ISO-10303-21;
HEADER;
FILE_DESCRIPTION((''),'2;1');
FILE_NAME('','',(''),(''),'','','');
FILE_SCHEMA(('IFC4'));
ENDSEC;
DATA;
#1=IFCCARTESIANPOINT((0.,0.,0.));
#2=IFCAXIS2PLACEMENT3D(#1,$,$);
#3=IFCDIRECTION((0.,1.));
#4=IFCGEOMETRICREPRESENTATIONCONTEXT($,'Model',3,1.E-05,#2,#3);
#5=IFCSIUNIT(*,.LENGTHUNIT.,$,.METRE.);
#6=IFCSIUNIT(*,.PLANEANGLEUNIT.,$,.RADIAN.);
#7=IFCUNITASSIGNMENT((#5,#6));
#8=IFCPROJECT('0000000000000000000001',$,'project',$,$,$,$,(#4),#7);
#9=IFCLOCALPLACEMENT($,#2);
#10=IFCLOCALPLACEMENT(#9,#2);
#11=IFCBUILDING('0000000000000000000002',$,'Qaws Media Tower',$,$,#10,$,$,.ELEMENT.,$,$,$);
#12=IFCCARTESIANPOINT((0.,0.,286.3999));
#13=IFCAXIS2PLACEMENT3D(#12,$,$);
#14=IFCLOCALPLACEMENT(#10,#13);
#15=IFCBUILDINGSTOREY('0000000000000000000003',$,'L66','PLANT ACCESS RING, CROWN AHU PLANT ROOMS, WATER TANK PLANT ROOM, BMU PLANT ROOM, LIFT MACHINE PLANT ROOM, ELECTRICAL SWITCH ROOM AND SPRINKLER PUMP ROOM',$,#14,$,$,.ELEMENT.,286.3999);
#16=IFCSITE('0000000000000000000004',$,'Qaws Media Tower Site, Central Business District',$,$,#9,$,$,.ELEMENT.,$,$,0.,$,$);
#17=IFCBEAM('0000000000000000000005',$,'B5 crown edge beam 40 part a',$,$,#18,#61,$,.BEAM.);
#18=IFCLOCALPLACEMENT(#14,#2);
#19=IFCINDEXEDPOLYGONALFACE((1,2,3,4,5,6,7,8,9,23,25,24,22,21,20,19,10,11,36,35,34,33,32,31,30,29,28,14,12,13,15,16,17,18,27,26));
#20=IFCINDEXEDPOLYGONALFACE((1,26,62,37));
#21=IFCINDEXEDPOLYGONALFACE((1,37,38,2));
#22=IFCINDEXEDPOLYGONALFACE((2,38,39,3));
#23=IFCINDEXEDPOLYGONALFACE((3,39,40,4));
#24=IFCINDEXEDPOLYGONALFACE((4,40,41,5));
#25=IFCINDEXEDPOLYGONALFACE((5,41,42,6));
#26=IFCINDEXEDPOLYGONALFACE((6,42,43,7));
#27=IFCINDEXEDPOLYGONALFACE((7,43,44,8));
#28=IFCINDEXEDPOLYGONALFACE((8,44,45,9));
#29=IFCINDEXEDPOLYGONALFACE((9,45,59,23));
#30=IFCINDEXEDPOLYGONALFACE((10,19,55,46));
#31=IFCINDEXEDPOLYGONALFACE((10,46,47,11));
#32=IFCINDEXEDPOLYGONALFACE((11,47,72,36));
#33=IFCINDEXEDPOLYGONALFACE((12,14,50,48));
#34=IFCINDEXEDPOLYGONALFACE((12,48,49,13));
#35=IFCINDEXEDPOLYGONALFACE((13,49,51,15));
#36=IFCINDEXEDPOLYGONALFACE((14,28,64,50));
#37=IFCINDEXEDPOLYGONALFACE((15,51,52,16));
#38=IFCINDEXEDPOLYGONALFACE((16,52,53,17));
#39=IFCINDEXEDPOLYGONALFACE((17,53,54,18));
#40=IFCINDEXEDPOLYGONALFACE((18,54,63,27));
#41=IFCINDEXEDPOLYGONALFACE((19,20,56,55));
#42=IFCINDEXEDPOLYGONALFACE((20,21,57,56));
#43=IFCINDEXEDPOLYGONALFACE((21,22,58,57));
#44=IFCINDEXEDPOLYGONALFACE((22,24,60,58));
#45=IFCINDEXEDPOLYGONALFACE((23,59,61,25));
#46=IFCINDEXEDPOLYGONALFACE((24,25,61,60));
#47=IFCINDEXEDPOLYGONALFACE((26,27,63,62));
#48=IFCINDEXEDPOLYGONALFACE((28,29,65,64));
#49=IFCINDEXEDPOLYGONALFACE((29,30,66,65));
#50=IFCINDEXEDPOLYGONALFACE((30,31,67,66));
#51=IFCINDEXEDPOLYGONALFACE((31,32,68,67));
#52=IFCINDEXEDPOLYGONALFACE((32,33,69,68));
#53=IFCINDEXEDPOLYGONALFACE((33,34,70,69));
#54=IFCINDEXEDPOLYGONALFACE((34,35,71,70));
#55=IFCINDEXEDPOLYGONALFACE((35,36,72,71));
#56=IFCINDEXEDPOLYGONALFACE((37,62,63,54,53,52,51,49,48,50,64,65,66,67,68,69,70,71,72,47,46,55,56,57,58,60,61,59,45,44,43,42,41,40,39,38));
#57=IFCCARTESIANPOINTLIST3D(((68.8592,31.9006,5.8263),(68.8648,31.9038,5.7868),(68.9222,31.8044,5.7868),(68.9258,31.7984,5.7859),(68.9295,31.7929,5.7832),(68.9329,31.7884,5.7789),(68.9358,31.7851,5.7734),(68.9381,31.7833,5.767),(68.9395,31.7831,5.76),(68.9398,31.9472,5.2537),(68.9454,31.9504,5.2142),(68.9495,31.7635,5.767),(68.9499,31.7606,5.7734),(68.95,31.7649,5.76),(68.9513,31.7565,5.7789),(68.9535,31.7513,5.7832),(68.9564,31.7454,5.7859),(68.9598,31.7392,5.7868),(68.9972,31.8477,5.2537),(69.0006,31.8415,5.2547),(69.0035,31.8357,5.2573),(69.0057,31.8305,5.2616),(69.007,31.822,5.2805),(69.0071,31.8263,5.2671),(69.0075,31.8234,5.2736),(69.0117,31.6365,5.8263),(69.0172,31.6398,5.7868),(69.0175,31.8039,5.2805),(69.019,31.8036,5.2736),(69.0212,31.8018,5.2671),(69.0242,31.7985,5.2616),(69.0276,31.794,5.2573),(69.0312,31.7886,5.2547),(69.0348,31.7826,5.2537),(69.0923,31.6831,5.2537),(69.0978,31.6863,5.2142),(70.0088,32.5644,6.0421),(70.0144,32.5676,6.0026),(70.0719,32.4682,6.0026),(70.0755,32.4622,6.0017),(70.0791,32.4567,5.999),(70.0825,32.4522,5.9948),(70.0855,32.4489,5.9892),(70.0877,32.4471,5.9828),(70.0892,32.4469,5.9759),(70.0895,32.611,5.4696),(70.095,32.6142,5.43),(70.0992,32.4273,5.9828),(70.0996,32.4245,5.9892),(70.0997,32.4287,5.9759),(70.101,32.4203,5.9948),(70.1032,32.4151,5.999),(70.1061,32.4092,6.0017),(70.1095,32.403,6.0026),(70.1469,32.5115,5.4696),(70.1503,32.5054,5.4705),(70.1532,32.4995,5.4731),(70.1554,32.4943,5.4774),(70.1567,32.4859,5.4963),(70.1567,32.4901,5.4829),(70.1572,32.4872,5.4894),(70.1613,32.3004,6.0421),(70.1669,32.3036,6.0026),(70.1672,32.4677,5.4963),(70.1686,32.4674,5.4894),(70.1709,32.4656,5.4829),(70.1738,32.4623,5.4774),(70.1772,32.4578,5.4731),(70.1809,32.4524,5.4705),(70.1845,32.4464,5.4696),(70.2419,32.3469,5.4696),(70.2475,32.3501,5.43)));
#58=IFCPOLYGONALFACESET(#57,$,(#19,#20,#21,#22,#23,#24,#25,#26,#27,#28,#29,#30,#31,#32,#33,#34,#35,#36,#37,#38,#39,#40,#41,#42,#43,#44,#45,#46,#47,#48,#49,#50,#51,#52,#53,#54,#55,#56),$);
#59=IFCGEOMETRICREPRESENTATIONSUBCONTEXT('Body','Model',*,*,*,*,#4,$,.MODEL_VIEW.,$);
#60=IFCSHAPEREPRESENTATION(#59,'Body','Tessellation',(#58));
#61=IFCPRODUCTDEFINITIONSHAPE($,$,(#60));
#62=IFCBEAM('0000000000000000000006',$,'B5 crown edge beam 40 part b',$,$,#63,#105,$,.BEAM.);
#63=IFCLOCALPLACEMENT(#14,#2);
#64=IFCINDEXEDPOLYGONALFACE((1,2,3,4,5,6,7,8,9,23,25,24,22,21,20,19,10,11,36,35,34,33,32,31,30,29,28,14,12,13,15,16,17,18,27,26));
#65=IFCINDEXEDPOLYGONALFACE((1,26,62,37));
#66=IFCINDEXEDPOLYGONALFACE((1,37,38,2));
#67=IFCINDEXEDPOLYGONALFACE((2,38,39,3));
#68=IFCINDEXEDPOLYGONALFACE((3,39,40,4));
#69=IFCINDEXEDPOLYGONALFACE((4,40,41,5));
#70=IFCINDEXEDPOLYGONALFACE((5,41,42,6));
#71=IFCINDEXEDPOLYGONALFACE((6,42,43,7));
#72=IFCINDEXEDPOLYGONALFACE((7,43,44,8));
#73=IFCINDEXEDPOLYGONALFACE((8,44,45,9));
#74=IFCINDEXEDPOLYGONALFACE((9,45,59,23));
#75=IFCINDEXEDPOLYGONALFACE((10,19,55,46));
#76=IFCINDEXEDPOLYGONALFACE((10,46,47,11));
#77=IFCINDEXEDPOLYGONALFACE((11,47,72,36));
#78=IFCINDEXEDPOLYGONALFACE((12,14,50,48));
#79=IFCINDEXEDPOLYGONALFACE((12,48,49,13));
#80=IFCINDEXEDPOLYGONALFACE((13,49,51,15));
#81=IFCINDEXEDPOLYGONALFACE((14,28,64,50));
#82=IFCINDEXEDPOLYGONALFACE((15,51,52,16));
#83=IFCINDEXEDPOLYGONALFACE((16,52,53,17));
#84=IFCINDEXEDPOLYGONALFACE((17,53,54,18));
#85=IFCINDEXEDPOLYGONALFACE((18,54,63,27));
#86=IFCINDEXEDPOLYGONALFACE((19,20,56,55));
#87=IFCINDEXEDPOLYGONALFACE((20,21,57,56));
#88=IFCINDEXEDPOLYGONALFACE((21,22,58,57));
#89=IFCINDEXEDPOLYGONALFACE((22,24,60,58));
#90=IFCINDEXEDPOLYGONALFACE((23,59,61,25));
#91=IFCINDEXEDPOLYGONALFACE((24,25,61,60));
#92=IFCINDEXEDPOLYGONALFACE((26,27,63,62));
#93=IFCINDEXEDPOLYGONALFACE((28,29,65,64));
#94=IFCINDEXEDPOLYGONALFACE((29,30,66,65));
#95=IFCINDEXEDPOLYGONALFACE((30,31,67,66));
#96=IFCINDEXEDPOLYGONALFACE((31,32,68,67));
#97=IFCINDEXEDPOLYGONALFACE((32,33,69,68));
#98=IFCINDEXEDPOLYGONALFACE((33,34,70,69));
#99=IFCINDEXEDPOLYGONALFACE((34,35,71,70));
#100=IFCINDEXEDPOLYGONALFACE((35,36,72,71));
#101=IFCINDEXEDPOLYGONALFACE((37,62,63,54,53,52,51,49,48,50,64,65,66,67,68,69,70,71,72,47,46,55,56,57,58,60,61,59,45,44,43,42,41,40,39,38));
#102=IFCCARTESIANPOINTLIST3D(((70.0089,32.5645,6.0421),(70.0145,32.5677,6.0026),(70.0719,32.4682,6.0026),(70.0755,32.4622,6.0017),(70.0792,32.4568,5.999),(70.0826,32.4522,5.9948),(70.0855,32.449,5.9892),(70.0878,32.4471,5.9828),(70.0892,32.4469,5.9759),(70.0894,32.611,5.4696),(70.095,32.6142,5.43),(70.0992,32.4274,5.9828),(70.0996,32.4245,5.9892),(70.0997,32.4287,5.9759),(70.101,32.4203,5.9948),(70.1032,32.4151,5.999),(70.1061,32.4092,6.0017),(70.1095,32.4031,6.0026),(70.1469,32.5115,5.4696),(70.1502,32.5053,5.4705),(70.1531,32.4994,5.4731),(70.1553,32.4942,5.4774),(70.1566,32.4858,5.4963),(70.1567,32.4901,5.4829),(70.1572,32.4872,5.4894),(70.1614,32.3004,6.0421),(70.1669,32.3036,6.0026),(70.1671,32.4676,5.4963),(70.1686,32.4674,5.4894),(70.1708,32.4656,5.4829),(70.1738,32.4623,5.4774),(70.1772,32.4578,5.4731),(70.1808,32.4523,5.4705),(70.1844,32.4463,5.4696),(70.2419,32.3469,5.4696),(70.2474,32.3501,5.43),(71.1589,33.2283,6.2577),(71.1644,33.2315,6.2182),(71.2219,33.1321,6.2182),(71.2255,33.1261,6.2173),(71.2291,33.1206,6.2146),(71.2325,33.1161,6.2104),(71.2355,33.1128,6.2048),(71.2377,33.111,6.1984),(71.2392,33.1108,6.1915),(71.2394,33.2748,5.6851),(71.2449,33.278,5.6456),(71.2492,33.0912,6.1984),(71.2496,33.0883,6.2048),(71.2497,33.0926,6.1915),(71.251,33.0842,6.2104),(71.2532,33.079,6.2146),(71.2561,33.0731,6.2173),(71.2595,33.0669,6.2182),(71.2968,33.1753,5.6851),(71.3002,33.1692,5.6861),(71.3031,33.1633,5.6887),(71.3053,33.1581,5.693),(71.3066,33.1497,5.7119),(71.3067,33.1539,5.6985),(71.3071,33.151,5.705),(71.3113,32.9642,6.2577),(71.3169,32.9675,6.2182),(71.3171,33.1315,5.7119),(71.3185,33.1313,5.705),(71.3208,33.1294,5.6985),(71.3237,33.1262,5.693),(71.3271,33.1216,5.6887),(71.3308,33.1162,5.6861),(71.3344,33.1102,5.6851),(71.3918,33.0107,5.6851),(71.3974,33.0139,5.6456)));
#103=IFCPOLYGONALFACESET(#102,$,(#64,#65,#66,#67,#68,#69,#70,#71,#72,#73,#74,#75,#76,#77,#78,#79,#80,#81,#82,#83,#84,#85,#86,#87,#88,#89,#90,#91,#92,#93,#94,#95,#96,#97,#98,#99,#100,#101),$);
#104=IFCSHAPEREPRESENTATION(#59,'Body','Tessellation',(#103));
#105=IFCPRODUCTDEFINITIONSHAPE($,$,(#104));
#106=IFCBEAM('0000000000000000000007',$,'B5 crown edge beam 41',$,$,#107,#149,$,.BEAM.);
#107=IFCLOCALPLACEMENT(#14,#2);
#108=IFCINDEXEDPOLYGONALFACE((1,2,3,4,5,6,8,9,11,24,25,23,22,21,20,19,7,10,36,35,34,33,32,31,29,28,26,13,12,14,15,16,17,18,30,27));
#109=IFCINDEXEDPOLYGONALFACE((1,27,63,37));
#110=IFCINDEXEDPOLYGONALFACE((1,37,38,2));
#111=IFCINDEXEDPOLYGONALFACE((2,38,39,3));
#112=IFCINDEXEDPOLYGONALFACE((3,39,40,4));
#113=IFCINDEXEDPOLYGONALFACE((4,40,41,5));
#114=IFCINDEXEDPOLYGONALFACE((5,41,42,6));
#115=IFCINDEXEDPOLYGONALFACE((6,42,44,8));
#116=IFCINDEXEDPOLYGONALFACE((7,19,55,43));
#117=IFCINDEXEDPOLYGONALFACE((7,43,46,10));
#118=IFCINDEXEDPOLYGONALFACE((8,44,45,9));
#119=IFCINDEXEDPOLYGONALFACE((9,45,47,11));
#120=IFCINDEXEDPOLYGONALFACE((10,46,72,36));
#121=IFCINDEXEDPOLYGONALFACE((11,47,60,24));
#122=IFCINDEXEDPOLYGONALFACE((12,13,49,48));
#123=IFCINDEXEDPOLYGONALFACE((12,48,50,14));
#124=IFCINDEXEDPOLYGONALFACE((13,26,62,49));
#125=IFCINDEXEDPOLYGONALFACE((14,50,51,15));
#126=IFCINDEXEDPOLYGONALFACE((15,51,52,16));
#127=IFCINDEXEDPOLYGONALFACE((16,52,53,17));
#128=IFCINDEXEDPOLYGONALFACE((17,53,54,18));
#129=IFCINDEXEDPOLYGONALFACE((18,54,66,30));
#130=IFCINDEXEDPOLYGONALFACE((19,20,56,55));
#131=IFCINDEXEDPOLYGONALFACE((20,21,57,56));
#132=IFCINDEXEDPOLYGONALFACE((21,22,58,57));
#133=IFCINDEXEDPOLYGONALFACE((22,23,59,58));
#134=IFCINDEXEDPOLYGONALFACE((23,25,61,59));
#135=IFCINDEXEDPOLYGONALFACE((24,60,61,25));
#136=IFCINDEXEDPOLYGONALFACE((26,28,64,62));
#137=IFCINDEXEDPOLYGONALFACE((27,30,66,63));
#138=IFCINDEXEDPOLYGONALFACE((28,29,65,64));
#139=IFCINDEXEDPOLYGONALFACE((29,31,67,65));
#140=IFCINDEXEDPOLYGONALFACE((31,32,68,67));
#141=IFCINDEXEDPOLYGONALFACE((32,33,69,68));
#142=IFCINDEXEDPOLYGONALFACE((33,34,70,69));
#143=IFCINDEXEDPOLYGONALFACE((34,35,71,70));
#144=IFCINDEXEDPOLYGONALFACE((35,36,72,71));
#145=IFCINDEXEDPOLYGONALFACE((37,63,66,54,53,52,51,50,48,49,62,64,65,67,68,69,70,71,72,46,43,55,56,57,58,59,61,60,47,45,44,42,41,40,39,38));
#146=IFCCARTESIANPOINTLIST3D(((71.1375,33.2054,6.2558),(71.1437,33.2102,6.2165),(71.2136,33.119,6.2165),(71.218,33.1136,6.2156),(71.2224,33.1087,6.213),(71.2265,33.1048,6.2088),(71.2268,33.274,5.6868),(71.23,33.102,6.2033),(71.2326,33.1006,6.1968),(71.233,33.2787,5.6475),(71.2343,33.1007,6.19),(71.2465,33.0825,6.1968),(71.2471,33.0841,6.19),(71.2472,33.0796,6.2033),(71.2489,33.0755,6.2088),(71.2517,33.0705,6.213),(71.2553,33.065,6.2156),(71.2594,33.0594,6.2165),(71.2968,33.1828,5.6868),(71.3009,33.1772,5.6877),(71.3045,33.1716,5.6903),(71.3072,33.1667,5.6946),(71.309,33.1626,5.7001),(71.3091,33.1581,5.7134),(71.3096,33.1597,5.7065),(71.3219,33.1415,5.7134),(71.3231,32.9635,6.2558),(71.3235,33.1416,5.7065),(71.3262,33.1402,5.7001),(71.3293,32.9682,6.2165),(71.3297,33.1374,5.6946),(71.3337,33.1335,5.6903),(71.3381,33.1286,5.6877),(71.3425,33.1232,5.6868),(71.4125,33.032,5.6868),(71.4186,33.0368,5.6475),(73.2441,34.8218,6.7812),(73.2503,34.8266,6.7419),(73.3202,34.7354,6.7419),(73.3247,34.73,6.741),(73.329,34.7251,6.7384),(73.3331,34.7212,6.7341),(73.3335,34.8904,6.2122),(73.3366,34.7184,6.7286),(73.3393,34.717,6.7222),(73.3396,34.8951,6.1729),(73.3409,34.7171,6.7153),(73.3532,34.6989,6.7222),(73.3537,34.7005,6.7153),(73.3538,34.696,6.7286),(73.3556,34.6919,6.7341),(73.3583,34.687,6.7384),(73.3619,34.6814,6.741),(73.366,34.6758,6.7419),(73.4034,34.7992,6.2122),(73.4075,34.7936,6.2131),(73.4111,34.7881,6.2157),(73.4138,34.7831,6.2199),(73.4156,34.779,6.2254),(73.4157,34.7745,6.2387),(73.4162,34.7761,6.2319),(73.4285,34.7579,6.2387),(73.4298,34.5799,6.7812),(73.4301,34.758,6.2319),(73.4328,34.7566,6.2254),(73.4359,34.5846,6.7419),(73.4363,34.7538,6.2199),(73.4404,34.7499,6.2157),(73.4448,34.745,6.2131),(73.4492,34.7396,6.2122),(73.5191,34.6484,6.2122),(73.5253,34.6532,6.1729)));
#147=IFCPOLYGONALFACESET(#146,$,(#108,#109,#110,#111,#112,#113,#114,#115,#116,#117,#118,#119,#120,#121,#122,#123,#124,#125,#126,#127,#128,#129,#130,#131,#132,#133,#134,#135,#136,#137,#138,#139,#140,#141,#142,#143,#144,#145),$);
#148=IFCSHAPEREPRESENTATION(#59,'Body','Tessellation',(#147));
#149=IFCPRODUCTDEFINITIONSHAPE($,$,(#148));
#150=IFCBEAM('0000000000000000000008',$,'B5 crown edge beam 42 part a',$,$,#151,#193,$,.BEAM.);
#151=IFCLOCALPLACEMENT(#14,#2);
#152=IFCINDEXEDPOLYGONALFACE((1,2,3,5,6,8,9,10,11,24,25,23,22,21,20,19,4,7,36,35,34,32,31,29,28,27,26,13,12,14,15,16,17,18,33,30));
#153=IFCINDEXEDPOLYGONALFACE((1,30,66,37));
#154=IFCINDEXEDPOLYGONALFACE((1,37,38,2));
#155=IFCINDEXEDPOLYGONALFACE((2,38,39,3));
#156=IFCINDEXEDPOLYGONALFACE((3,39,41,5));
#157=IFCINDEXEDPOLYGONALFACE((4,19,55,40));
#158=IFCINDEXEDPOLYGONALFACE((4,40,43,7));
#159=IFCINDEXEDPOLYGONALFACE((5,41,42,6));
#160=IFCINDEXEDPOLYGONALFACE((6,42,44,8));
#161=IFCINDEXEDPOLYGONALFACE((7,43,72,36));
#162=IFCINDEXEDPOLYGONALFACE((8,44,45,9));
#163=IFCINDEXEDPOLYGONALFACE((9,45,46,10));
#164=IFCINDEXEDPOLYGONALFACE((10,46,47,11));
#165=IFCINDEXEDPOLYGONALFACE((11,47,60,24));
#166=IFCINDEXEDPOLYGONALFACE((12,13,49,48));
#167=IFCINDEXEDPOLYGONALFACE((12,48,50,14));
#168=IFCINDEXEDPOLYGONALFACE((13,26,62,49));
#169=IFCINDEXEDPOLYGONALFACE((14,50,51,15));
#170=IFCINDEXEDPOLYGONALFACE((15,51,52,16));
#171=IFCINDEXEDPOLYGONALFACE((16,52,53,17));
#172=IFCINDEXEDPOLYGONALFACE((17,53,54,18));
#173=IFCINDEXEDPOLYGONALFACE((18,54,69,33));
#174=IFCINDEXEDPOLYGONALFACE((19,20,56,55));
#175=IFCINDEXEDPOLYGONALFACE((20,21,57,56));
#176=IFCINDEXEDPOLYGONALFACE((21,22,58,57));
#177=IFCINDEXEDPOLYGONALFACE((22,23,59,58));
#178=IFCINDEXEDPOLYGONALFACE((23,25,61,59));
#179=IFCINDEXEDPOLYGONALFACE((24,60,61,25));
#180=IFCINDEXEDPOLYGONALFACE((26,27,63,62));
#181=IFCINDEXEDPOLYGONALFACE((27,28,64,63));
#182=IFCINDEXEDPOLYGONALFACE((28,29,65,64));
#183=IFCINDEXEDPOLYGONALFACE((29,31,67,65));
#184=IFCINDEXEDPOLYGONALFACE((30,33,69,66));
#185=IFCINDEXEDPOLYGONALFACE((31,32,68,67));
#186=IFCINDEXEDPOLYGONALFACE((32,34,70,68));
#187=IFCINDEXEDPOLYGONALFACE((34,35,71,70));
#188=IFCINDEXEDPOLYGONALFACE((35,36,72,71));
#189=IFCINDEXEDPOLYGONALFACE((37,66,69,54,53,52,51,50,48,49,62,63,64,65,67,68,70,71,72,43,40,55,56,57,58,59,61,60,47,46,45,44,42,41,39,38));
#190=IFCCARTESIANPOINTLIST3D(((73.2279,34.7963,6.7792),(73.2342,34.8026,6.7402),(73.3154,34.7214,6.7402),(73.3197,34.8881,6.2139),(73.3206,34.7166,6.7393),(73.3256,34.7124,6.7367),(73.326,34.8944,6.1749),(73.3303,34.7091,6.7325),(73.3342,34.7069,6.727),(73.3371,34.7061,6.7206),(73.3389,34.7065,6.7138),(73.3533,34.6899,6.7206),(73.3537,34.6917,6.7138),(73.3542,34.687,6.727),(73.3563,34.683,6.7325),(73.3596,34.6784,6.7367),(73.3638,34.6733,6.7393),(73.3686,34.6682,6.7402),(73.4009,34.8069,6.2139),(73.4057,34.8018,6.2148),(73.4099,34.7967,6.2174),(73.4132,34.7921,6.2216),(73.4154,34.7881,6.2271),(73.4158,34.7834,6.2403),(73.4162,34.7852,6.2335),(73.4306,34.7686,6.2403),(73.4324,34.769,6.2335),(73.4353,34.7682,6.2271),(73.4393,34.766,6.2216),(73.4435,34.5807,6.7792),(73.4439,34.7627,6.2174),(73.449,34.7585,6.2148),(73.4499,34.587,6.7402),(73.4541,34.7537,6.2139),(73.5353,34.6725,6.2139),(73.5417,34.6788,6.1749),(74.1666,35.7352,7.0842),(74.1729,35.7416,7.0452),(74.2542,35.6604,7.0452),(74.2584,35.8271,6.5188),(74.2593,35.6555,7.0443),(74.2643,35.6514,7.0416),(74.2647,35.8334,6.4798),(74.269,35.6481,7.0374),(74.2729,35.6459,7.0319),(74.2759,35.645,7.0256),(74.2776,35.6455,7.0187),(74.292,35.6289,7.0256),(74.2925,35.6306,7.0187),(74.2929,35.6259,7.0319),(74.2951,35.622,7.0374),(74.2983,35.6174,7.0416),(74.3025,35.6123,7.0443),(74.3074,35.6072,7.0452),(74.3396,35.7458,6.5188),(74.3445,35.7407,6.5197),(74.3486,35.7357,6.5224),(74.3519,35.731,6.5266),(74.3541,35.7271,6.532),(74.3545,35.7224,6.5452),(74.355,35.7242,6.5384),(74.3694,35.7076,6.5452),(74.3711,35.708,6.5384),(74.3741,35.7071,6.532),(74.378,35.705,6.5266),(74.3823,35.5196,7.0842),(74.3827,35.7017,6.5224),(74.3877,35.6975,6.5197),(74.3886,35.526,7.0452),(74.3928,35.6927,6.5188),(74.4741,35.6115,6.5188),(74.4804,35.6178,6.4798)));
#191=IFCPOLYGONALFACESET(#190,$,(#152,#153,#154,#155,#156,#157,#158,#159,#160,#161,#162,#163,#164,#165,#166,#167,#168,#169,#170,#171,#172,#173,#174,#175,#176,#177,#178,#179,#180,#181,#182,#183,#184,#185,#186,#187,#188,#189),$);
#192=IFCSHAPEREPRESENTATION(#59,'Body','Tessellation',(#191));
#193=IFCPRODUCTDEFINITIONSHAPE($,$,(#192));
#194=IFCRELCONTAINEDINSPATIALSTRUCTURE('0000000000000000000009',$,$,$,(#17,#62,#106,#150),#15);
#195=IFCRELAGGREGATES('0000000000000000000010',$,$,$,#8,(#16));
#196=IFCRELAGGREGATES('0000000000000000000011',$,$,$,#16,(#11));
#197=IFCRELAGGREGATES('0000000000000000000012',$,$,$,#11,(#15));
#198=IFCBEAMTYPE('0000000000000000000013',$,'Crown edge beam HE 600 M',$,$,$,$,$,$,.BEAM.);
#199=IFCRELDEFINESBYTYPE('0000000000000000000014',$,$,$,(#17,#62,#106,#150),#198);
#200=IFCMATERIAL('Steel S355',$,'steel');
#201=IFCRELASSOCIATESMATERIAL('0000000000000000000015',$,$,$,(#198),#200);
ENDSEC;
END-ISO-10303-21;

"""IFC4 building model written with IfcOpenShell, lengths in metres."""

from ifc_helpers import new_model, si_unit, direction, frame, origin, origin_2d, place, context, subcontext, project, spatial, i_section, extrude, material, material_profile, profile_set, type_object, element, save


model = new_model("IFC4")

# Units and contexts
model_context = context("Model", 3, precision=1e-05, world=origin(), true_north=direction((0.0, 1.0)))
body_context = subcontext(model_context, "Body", "Model", "MODEL_VIEW")
ifc_project = project(units=[si_unit("LENGTHUNIT", "METRE"), si_unit("PLANEANGLEUNIT", "RADIAN")], contexts=[model_context])

# Site, building, storey
site_placement = place(None, origin())
site = spatial("IfcSite", under=ifc_project, at=site_placement, Name="Qaws Media Tower Site, Central Business District", CompositionType="ELEMENT", RefElevation=0.0)
building_placement = place(site_placement, origin())
building = spatial("IfcBuilding", under=site, at=building_placement, Name="Qaws Media Tower", CompositionType="ELEMENT")
storey_placement = place(building_placement, frame((0.0, 0.0, 286.3999)))
storey = spatial("IfcBuildingStorey", under=building, at=storey_placement, Name="L66", Description="PLANT ACCESS RING, CROWN AHU PLANT ROOMS, WATER TANK PLANT ROOM, BMU PLANT ROOM, LIFT MACHINE PLANT ROOM, ELECTRICAL SWITCH ROOM AND SPRINKLER PUMP ROOM", CompositionType="ELEMENT", Elevation=286.3999)

# Beams
ifc_material_1 = material(Name="Steel S355", Category="steel")
ifc_material_profile_1 = material_profile(ifc_material_1, i_section(OverallWidth=0.3049, OverallDepth=0.6201, WebThickness=0.021, FlangeThickness=0.04, FilletRadius=0.0271, at=origin_2d()), Name="HE 600 M")
ifc_profile_set_1 = profile_set([ifc_material_profile_1], Name="Steel S355")
beam_type_1 = type_object("IfcBeamType", Name="Crown edge beam HE 600 M", PredefinedType="BEAM", material=ifc_profile_set_1)
beam_1_placement = place(storey_placement, frame((68.9785, 31.7935, 5.5203), z_axis=(0.854783, 0.493556, 0.160465), x_axis=(-0.500036, 0.866005, 0.0)))
element("IfcBeam", 1, at=beam_1_placement, inside=storey, type_object=beam_type_1, Name="B5 crown edge beam 40 part a", PredefinedType="BEAM", context=body_context, shape_type="SweptSolid", body=[
    extrude(i_section(OverallWidth=0.3049, OverallDepth=0.6201, WebThickness=0.021, FlangeThickness=0.04, FilletRadius=0.0271, at=origin_2d()), origin(), (0.0, 0.0, 1.0), 1.345),
])
beam_2_placement = place(storey_placement, frame((70.1282, 32.4573, 5.7361), z_axis=(0.854857, 0.493494, 0.160263), x_axis=(-0.499956, 0.866051, 0.0)))
element("IfcBeam", 2, at=beam_2_placement, inside=storey, type_object=beam_type_1, Name="B5 crown edge beam 40 part b", PredefinedType="BEAM", context=body_context, shape_type="SweptSolid", body=[
    extrude(i_section(OverallWidth=0.3049, OverallDepth=0.6201, WebThickness=0.021, FlangeThickness=0.04, FilletRadius=0.0271, at=origin_2d()), origin(), (0.0, 0.0, 1.0), 1.3452),
])
beam_3_placement = place(storey_placement, frame((71.2781, 33.1211, 5.9517), z_axis=(0.778277, 0.597169, 0.194096), x_axis=(-0.608746, 0.793365, 0.0)))
element("IfcBeam", 3, at=beam_3_placement, inside=storey, type_object=beam_type_1, Name="B5 crown edge beam 41", PredefinedType="BEAM", context=body_context, shape_type="SweptSolid", body=[
    extrude(i_section(OverallWidth=0.3049, OverallDepth=0.6201, WebThickness=0.021, FlangeThickness=0.04, FilletRadius=0.0271, at=origin_2d()), origin(), (0.0, 0.0, 1.0), 2.7068),
])
for number, where, z_axis, x_axis, name in (
    (4, (73.3848, 34.7375, 6.4771), (0.689075, 0.689255, 0.223837), (-0.707199, 0.707015, 0.0), "B5 crown edge beam 42 part a"),
):
    element("IfcBeam", number, at=place(storey_placement, frame(where, z_axis=z_axis, x_axis=x_axis)), inside=storey, type_object=beam_type_1, Name=name, PredefinedType="BEAM", context=body_context, shape_type="SweptSolid", body=[
        extrude(i_section(OverallWidth=0.3049, OverallDepth=0.6201, WebThickness=0.021, FlangeThickness=0.04, FilletRadius=0.0271, at=origin_2d()), origin(), (0.0, 0.0, 1.0), 1.3623),
    ])

save(model, "model.ifc")
